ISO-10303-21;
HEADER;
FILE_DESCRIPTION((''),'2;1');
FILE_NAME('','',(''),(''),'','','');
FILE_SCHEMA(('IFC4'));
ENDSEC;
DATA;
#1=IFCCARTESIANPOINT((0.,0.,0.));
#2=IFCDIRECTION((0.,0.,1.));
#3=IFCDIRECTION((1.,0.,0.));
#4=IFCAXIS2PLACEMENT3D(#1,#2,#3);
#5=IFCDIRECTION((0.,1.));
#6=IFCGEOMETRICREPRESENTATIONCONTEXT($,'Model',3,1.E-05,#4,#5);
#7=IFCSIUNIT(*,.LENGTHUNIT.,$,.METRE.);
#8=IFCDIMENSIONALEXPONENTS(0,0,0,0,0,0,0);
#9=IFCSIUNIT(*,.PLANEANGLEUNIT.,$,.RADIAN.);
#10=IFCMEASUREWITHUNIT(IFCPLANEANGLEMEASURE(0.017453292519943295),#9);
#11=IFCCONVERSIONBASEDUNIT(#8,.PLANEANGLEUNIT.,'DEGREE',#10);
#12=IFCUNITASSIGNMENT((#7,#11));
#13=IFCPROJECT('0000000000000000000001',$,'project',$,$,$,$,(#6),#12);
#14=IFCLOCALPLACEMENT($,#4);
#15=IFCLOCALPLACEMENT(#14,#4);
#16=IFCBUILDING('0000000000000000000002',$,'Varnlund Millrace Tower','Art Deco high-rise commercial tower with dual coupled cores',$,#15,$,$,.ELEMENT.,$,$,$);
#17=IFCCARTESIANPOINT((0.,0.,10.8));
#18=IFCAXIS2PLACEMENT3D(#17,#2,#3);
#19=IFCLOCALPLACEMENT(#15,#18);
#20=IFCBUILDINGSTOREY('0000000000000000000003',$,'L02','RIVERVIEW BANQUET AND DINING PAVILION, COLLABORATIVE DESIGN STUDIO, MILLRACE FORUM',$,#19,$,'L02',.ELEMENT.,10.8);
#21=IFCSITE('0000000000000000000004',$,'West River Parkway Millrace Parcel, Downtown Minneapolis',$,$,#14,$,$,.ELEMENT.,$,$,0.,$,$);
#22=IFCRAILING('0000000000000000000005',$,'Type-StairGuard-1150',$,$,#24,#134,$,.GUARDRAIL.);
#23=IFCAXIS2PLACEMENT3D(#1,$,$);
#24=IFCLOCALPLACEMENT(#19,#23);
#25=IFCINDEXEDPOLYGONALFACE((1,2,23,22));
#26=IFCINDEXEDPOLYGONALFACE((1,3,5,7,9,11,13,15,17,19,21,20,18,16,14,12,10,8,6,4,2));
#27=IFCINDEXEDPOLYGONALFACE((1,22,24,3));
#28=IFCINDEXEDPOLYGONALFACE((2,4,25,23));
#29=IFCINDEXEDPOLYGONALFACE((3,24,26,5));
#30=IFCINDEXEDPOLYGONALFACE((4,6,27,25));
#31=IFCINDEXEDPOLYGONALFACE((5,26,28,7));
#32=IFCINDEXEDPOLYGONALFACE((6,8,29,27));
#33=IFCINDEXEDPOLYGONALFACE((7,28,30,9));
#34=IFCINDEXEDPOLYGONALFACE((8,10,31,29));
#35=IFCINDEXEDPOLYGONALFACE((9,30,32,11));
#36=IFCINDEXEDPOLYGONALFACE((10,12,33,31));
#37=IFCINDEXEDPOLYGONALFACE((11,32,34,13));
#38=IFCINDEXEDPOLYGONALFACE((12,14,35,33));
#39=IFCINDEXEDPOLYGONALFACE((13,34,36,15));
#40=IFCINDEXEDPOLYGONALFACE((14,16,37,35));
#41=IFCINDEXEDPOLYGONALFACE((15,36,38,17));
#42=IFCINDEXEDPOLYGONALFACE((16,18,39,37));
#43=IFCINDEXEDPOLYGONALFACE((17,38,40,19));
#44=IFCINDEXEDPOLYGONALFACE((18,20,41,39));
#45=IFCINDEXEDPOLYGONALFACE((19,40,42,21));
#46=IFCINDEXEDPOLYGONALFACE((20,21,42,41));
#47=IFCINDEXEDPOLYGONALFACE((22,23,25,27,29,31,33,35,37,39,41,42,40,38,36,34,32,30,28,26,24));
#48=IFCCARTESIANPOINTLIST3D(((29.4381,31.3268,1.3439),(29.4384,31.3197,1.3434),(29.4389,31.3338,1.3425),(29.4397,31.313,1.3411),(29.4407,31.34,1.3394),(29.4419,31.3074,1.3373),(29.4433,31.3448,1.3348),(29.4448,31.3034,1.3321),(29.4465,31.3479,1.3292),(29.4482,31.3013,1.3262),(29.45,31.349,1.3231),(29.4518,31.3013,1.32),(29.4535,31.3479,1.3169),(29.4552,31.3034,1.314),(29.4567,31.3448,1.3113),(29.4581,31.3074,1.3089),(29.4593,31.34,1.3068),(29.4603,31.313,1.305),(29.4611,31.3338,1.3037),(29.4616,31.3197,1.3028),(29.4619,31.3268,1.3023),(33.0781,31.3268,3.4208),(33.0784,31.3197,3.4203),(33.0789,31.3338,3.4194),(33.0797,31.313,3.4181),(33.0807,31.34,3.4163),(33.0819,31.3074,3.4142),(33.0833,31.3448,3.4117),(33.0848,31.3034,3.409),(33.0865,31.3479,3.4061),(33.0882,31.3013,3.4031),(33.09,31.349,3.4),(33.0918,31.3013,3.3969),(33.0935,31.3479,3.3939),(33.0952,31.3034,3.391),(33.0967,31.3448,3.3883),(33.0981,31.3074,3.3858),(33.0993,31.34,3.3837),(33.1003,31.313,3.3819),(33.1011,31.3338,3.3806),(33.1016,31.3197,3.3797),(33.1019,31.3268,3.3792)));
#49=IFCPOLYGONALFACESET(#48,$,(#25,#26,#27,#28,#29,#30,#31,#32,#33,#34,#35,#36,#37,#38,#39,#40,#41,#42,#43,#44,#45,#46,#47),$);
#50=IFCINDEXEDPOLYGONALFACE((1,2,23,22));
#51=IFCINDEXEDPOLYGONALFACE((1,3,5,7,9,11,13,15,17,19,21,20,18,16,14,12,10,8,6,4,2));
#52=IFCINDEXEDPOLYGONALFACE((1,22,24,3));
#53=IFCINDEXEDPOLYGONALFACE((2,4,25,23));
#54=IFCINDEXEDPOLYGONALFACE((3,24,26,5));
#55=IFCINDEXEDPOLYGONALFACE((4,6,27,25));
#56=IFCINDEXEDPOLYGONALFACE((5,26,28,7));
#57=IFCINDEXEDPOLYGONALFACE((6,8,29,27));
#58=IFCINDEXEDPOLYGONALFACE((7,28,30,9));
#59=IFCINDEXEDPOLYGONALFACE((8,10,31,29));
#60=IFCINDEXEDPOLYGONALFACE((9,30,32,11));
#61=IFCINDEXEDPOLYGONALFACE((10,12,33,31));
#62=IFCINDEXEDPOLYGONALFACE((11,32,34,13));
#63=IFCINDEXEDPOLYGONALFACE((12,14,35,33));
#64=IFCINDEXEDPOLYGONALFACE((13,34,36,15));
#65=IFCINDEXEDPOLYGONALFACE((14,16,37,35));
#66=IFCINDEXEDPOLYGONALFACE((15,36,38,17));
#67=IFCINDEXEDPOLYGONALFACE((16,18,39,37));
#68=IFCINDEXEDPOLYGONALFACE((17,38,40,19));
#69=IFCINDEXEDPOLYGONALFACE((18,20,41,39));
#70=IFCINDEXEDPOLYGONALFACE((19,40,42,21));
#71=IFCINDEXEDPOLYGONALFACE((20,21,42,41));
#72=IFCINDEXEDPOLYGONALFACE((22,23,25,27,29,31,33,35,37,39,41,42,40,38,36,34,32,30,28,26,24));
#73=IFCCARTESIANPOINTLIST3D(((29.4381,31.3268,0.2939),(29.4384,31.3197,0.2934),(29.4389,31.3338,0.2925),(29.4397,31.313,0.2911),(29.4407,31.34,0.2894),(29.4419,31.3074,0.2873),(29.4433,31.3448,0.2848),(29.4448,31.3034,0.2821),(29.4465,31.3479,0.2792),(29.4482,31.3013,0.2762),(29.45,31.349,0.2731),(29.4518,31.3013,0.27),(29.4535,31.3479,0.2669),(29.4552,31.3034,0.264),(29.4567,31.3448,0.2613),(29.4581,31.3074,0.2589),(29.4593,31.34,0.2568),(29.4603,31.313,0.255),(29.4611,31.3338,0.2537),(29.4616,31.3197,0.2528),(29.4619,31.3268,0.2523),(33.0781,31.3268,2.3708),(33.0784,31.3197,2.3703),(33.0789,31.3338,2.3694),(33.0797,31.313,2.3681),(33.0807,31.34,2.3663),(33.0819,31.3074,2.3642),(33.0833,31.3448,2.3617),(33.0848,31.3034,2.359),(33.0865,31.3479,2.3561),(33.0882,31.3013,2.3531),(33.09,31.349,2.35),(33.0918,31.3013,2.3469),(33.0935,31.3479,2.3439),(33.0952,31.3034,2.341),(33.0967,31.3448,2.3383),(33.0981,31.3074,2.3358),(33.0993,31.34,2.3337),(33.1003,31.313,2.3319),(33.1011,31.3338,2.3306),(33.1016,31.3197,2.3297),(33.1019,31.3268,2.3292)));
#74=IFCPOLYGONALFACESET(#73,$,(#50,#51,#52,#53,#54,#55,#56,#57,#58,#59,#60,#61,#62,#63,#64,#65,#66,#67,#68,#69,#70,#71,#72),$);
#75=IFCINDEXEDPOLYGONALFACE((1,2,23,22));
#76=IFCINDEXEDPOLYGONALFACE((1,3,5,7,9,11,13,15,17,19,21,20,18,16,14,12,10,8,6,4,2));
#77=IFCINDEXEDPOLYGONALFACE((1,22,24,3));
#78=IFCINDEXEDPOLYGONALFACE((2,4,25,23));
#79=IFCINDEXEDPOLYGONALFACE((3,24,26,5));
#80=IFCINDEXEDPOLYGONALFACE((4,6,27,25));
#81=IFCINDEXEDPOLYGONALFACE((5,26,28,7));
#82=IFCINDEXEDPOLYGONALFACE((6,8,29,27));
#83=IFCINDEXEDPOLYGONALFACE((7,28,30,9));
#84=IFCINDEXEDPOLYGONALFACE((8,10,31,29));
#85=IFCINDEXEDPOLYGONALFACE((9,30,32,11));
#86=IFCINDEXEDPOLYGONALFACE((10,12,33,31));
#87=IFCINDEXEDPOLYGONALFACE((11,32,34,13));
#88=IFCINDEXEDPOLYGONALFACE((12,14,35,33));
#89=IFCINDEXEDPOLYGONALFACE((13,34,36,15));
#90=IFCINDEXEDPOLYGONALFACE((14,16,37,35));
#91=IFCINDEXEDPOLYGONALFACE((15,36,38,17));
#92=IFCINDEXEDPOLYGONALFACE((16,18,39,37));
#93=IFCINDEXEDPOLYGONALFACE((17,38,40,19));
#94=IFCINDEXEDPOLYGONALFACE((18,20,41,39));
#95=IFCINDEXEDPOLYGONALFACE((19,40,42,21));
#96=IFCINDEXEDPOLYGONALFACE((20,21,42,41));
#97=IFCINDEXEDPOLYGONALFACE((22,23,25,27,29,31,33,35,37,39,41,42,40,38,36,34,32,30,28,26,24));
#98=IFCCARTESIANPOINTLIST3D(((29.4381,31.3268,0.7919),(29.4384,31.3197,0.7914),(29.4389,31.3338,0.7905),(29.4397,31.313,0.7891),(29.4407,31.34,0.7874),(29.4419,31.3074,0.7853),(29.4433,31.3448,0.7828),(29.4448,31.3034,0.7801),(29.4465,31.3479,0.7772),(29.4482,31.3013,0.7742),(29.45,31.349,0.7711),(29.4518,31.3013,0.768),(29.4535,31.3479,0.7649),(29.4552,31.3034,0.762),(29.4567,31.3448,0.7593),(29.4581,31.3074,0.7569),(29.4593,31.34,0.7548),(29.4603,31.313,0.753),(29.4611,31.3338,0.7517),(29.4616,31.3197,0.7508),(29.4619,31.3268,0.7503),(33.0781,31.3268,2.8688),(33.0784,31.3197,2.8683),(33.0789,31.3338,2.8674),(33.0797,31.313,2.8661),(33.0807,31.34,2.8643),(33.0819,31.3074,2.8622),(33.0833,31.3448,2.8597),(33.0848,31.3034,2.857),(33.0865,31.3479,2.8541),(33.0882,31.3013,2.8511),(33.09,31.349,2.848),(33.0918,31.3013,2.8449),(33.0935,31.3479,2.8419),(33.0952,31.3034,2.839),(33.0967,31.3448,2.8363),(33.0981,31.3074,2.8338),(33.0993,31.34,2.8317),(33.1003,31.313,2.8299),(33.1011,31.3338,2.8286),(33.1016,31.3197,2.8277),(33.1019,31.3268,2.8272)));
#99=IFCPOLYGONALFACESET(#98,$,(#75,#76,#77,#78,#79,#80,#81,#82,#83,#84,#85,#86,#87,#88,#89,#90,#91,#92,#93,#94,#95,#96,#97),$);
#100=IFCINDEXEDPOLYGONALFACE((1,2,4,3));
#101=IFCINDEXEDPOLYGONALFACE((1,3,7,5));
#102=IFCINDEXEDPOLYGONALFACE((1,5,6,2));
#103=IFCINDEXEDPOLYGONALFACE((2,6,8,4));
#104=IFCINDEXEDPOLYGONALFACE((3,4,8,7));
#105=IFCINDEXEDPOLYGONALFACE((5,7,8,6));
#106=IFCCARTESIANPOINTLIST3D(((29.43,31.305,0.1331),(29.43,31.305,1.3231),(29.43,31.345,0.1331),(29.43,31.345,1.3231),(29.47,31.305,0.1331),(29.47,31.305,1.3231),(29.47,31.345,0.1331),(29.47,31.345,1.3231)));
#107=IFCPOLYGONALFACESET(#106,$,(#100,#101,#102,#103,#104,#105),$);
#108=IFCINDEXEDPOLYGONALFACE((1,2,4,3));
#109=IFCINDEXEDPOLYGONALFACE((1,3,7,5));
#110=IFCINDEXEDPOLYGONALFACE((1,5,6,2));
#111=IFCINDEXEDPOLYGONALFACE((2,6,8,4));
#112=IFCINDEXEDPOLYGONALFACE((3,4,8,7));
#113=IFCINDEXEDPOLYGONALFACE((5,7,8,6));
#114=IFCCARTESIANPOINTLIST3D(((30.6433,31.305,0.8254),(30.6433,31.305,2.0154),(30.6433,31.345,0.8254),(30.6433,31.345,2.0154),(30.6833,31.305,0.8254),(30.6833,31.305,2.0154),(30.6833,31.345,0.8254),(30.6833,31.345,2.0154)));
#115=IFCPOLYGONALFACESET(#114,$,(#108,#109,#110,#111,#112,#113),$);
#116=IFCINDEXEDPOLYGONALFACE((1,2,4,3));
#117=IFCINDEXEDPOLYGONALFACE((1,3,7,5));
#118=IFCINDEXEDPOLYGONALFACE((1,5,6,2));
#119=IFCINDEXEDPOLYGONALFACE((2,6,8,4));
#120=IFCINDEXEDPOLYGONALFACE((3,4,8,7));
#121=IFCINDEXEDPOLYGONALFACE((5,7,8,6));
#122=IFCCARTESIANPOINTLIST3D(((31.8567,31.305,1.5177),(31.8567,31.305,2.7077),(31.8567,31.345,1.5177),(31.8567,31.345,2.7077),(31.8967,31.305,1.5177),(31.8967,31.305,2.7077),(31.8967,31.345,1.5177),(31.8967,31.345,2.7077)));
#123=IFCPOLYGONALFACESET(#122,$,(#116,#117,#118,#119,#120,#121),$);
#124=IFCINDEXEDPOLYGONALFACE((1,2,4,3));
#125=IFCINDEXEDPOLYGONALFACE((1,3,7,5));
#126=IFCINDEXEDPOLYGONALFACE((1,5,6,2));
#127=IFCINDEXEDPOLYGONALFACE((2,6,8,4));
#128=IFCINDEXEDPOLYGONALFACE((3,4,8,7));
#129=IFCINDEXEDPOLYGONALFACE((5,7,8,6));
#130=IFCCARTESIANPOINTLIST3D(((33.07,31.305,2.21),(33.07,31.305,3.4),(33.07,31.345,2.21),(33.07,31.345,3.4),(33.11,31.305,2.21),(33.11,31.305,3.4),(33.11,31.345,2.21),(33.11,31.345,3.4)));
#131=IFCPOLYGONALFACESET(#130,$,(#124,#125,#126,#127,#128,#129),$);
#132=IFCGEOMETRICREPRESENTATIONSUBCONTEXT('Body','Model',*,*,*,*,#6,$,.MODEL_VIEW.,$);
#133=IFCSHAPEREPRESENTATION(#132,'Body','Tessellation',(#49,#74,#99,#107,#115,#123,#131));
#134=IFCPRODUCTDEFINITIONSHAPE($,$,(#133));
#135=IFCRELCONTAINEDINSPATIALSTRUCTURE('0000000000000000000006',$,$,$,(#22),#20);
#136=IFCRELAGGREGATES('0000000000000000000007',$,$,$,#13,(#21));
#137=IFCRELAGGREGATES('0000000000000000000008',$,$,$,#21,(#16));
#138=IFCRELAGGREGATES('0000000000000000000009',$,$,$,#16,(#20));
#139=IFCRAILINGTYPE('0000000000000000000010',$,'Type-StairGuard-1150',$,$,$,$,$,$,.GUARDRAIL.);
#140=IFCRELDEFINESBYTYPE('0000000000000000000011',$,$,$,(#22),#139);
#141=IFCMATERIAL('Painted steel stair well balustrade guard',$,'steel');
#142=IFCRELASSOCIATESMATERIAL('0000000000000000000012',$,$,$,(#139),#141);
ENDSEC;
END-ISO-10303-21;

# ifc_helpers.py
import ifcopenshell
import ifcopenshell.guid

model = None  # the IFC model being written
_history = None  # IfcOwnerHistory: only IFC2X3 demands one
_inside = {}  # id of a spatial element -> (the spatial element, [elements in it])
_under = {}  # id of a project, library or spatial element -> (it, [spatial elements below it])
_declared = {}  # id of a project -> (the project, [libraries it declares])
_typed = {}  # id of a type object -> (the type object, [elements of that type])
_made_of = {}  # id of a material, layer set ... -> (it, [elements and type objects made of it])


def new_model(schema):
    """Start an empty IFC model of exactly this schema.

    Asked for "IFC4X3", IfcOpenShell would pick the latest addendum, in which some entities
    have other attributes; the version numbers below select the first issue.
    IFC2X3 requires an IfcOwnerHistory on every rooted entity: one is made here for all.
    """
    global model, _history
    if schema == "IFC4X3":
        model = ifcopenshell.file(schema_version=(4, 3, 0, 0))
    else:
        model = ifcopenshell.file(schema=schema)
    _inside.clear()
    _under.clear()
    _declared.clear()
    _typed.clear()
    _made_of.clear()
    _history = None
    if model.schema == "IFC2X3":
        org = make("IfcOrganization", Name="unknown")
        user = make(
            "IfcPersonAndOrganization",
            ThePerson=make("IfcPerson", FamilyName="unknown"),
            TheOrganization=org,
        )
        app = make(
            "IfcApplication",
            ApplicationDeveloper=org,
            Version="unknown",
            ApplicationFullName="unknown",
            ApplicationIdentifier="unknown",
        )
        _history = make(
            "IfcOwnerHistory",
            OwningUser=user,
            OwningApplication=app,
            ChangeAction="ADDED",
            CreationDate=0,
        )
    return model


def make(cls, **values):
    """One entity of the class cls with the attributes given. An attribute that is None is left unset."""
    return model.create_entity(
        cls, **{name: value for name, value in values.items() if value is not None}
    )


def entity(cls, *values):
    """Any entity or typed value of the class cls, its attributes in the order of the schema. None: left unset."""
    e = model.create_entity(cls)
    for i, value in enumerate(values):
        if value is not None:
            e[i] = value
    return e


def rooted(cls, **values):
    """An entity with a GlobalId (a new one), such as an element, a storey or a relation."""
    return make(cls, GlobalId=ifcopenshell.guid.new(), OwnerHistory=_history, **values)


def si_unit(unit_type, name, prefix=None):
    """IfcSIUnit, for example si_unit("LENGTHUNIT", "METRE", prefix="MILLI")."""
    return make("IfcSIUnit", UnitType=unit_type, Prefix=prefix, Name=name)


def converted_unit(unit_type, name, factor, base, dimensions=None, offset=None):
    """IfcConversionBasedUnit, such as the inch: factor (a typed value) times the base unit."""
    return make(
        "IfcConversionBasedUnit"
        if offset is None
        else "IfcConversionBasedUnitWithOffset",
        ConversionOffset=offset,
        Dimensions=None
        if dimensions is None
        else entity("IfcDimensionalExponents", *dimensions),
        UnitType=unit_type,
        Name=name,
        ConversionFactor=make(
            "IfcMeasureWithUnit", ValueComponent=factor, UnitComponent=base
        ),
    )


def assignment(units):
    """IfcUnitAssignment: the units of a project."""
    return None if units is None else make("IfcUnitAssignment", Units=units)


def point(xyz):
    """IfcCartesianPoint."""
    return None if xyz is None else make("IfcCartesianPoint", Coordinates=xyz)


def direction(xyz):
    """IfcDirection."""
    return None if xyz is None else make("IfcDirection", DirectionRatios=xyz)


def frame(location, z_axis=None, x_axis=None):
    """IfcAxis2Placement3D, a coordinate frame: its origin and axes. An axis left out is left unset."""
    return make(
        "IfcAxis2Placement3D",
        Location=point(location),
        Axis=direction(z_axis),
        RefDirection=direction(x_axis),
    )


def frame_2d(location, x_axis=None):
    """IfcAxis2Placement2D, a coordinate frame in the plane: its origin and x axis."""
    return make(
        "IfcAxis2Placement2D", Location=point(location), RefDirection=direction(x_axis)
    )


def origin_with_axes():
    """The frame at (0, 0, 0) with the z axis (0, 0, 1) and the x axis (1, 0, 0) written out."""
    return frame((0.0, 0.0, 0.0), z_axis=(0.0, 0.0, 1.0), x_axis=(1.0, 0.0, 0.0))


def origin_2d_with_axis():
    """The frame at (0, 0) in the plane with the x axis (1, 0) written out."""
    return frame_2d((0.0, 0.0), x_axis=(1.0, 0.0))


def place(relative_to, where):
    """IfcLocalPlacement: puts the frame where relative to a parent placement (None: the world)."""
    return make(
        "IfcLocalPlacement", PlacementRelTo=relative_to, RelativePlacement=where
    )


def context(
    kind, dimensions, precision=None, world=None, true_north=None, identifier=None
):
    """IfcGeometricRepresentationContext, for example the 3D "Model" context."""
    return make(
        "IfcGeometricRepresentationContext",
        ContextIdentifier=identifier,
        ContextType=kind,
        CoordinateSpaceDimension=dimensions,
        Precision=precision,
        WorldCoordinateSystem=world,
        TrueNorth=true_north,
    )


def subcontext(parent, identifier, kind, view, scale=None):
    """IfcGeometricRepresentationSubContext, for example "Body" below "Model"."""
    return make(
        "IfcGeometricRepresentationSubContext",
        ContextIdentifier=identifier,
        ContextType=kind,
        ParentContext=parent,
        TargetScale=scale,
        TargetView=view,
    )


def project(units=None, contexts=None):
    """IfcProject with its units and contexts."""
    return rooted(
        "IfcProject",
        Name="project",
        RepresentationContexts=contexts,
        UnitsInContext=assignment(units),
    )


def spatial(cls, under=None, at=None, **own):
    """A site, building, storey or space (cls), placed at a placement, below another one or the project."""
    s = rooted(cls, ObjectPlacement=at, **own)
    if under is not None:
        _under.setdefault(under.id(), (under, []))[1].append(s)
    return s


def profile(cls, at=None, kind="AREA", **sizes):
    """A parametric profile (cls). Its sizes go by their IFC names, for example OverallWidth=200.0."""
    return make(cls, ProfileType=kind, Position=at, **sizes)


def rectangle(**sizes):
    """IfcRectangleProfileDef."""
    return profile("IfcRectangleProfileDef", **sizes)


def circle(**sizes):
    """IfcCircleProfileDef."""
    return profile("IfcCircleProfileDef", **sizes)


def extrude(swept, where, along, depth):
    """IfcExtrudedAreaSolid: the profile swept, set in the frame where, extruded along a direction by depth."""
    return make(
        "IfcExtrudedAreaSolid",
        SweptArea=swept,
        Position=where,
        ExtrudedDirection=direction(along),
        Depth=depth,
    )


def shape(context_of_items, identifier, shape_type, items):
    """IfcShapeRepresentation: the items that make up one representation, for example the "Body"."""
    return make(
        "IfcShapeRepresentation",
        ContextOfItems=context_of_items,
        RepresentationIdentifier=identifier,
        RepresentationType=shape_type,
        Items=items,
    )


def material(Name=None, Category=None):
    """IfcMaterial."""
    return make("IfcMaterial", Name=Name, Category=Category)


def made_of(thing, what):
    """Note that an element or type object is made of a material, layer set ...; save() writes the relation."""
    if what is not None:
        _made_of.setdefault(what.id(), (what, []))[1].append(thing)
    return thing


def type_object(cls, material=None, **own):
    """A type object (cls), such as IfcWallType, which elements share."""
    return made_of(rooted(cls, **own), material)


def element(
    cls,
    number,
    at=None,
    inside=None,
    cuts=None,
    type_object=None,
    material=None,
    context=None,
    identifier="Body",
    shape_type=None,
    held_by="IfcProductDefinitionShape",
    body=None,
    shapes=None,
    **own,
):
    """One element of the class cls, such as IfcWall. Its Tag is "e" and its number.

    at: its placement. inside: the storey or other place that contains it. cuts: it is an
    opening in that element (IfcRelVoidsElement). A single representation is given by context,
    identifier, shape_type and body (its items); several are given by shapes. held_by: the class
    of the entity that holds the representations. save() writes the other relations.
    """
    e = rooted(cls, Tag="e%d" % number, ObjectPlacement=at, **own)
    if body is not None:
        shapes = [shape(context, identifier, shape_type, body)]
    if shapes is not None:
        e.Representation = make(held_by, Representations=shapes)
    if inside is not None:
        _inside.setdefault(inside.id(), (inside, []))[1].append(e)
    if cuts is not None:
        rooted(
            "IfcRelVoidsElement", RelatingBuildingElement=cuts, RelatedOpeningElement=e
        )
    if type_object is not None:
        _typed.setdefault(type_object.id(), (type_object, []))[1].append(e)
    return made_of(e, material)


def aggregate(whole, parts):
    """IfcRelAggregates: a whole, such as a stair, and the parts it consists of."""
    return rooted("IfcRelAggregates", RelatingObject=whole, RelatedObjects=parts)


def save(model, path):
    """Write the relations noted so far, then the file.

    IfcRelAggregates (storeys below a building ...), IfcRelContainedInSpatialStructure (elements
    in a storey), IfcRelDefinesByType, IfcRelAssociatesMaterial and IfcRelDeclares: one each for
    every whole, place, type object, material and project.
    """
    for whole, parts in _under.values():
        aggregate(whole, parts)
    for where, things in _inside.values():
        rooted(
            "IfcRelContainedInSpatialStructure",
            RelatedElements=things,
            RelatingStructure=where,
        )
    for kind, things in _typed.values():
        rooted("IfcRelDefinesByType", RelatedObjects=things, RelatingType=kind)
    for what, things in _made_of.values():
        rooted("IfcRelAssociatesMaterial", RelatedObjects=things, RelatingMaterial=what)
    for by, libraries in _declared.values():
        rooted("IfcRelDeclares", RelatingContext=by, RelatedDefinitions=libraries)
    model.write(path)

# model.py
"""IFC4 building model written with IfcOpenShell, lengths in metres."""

from ifc_helpers import new_model, entity, si_unit, converted_unit, direction, frame, origin_with_axes, origin_2d_with_axis, place, context, subcontext, project, spatial, rectangle, circle, extrude, material, type_object, element, save


model = new_model("IFC4")

# Units and contexts
model_context = context("Model", 3, precision=1e-05, world=origin_with_axes(), true_north=direction((0.0, 1.0)))
body_context = subcontext(model_context, "Body", "Model", "MODEL_VIEW")
ifc_project = project(units=[si_unit("LENGTHUNIT", "METRE"), converted_unit("PLANEANGLEUNIT", "DEGREE", entity("IfcPlaneAngleMeasure", 0.017453292519943295), si_unit("PLANEANGLEUNIT", "RADIAN"), dimensions=[0, 0, 0, 0, 0, 0, 0])], contexts=[model_context])

# Site, building, storey
site_placement = place(None, origin_with_axes())
site = spatial("IfcSite", under=ifc_project, at=site_placement, Name="West River Parkway Millrace Parcel, Downtown Minneapolis", CompositionType="ELEMENT", RefElevation=0.0)
building_placement = place(site_placement, origin_with_axes())
building = spatial("IfcBuilding", under=site, at=building_placement, Name="Varnlund Millrace Tower", Description="Art Deco high-rise commercial tower with dual coupled cores", CompositionType="ELEMENT")
storey_placement = place(building_placement, frame((0.0, 0.0, 10.8), z_axis=(0.0, 0.0, 1.0), x_axis=(1.0, 0.0, 0.0)))
storey = spatial("IfcBuildingStorey", under=building, at=storey_placement, Name="L02", Description="RIVERVIEW BANQUET AND DINING PAVILION, COLLABORATIVE DESIGN STUDIO, MILLRACE FORUM", LongName="L02", CompositionType="ELEMENT", Elevation=10.8)

# Railing
ifc_material_1 = material(Name="Painted steel stair well balustrade guard", Category="steel")
railing_type_1 = type_object("IfcRailingType", Name="Type-StairGuard-1150", PredefinedType="GUARDRAIL", material=ifc_material_1)
railing_1_placement = place(storey_placement, frame((0.0, 0.0, -10.8), z_axis=(0.0, 0.0, 1.0), x_axis=(1.0, 0.0, 0.0)))
element("IfcRailing", 1, at=railing_1_placement, inside=storey, type_object=railing_type_1, Name="Type-StairGuard-1150", PredefinedType="GUARDRAIL", context=body_context, shape_type="SweptSolid", body=[
    extrude(circle(Radius=0.024, at=origin_2d_with_axis()), frame((29.45, 31.325, 12.1231), z_axis=(0.868559, 0.0, 0.495585), x_axis=(0.0, 1.0, 0.0)), (0.0, 0.0, 1.0), 4.1908),
    extrude(circle(Radius=0.024, at=origin_2d_with_axis()), frame((29.45, 31.325, 11.0731), z_axis=(0.868559, 0.0, 0.495585), x_axis=(0.0, 1.0, 0.0)), (0.0, 0.0, 1.0), 4.1908),
    extrude(circle(Radius=0.024, at=origin_2d_with_axis()), frame((29.45, 31.325, 11.5711), z_axis=(0.868559, 0.0, 0.495585), x_axis=(0.0, 1.0, 0.0)), (0.0, 0.0, 1.0), 4.1908),
    extrude(rectangle(XDim=0.04, YDim=0.04, at=origin_2d_with_axis()), frame((29.45, 31.325, 10.9331), z_axis=(0.0, 0.0, 1.0), x_axis=(1.0, 0.0, 0.0)), (0.0, 0.0, 1.0), 1.19),
    extrude(rectangle(XDim=0.04, YDim=0.04, at=origin_2d_with_axis()), frame((30.6633, 31.325, 11.6254), z_axis=(0.0, 0.0, 1.0), x_axis=(1.0, 0.0, 0.0)), (0.0, 0.0, 1.0), 1.19),
    extrude(rectangle(XDim=0.04, YDim=0.04, at=origin_2d_with_axis()), frame((31.8767, 31.325, 12.3177), z_axis=(0.0, 0.0, 1.0), x_axis=(1.0, 0.0, 0.0)), (0.0, 0.0, 1.0), 1.19),
    extrude(rectangle(XDim=0.04, YDim=0.04, at=origin_2d_with_axis()), frame((33.09, 31.325, 13.01), z_axis=(0.0, 0.0, 1.0), x_axis=(1.0, 0.0, 0.0)), (0.0, 0.0, 1.0), 1.19),
])

save(model, "model.ifc")
